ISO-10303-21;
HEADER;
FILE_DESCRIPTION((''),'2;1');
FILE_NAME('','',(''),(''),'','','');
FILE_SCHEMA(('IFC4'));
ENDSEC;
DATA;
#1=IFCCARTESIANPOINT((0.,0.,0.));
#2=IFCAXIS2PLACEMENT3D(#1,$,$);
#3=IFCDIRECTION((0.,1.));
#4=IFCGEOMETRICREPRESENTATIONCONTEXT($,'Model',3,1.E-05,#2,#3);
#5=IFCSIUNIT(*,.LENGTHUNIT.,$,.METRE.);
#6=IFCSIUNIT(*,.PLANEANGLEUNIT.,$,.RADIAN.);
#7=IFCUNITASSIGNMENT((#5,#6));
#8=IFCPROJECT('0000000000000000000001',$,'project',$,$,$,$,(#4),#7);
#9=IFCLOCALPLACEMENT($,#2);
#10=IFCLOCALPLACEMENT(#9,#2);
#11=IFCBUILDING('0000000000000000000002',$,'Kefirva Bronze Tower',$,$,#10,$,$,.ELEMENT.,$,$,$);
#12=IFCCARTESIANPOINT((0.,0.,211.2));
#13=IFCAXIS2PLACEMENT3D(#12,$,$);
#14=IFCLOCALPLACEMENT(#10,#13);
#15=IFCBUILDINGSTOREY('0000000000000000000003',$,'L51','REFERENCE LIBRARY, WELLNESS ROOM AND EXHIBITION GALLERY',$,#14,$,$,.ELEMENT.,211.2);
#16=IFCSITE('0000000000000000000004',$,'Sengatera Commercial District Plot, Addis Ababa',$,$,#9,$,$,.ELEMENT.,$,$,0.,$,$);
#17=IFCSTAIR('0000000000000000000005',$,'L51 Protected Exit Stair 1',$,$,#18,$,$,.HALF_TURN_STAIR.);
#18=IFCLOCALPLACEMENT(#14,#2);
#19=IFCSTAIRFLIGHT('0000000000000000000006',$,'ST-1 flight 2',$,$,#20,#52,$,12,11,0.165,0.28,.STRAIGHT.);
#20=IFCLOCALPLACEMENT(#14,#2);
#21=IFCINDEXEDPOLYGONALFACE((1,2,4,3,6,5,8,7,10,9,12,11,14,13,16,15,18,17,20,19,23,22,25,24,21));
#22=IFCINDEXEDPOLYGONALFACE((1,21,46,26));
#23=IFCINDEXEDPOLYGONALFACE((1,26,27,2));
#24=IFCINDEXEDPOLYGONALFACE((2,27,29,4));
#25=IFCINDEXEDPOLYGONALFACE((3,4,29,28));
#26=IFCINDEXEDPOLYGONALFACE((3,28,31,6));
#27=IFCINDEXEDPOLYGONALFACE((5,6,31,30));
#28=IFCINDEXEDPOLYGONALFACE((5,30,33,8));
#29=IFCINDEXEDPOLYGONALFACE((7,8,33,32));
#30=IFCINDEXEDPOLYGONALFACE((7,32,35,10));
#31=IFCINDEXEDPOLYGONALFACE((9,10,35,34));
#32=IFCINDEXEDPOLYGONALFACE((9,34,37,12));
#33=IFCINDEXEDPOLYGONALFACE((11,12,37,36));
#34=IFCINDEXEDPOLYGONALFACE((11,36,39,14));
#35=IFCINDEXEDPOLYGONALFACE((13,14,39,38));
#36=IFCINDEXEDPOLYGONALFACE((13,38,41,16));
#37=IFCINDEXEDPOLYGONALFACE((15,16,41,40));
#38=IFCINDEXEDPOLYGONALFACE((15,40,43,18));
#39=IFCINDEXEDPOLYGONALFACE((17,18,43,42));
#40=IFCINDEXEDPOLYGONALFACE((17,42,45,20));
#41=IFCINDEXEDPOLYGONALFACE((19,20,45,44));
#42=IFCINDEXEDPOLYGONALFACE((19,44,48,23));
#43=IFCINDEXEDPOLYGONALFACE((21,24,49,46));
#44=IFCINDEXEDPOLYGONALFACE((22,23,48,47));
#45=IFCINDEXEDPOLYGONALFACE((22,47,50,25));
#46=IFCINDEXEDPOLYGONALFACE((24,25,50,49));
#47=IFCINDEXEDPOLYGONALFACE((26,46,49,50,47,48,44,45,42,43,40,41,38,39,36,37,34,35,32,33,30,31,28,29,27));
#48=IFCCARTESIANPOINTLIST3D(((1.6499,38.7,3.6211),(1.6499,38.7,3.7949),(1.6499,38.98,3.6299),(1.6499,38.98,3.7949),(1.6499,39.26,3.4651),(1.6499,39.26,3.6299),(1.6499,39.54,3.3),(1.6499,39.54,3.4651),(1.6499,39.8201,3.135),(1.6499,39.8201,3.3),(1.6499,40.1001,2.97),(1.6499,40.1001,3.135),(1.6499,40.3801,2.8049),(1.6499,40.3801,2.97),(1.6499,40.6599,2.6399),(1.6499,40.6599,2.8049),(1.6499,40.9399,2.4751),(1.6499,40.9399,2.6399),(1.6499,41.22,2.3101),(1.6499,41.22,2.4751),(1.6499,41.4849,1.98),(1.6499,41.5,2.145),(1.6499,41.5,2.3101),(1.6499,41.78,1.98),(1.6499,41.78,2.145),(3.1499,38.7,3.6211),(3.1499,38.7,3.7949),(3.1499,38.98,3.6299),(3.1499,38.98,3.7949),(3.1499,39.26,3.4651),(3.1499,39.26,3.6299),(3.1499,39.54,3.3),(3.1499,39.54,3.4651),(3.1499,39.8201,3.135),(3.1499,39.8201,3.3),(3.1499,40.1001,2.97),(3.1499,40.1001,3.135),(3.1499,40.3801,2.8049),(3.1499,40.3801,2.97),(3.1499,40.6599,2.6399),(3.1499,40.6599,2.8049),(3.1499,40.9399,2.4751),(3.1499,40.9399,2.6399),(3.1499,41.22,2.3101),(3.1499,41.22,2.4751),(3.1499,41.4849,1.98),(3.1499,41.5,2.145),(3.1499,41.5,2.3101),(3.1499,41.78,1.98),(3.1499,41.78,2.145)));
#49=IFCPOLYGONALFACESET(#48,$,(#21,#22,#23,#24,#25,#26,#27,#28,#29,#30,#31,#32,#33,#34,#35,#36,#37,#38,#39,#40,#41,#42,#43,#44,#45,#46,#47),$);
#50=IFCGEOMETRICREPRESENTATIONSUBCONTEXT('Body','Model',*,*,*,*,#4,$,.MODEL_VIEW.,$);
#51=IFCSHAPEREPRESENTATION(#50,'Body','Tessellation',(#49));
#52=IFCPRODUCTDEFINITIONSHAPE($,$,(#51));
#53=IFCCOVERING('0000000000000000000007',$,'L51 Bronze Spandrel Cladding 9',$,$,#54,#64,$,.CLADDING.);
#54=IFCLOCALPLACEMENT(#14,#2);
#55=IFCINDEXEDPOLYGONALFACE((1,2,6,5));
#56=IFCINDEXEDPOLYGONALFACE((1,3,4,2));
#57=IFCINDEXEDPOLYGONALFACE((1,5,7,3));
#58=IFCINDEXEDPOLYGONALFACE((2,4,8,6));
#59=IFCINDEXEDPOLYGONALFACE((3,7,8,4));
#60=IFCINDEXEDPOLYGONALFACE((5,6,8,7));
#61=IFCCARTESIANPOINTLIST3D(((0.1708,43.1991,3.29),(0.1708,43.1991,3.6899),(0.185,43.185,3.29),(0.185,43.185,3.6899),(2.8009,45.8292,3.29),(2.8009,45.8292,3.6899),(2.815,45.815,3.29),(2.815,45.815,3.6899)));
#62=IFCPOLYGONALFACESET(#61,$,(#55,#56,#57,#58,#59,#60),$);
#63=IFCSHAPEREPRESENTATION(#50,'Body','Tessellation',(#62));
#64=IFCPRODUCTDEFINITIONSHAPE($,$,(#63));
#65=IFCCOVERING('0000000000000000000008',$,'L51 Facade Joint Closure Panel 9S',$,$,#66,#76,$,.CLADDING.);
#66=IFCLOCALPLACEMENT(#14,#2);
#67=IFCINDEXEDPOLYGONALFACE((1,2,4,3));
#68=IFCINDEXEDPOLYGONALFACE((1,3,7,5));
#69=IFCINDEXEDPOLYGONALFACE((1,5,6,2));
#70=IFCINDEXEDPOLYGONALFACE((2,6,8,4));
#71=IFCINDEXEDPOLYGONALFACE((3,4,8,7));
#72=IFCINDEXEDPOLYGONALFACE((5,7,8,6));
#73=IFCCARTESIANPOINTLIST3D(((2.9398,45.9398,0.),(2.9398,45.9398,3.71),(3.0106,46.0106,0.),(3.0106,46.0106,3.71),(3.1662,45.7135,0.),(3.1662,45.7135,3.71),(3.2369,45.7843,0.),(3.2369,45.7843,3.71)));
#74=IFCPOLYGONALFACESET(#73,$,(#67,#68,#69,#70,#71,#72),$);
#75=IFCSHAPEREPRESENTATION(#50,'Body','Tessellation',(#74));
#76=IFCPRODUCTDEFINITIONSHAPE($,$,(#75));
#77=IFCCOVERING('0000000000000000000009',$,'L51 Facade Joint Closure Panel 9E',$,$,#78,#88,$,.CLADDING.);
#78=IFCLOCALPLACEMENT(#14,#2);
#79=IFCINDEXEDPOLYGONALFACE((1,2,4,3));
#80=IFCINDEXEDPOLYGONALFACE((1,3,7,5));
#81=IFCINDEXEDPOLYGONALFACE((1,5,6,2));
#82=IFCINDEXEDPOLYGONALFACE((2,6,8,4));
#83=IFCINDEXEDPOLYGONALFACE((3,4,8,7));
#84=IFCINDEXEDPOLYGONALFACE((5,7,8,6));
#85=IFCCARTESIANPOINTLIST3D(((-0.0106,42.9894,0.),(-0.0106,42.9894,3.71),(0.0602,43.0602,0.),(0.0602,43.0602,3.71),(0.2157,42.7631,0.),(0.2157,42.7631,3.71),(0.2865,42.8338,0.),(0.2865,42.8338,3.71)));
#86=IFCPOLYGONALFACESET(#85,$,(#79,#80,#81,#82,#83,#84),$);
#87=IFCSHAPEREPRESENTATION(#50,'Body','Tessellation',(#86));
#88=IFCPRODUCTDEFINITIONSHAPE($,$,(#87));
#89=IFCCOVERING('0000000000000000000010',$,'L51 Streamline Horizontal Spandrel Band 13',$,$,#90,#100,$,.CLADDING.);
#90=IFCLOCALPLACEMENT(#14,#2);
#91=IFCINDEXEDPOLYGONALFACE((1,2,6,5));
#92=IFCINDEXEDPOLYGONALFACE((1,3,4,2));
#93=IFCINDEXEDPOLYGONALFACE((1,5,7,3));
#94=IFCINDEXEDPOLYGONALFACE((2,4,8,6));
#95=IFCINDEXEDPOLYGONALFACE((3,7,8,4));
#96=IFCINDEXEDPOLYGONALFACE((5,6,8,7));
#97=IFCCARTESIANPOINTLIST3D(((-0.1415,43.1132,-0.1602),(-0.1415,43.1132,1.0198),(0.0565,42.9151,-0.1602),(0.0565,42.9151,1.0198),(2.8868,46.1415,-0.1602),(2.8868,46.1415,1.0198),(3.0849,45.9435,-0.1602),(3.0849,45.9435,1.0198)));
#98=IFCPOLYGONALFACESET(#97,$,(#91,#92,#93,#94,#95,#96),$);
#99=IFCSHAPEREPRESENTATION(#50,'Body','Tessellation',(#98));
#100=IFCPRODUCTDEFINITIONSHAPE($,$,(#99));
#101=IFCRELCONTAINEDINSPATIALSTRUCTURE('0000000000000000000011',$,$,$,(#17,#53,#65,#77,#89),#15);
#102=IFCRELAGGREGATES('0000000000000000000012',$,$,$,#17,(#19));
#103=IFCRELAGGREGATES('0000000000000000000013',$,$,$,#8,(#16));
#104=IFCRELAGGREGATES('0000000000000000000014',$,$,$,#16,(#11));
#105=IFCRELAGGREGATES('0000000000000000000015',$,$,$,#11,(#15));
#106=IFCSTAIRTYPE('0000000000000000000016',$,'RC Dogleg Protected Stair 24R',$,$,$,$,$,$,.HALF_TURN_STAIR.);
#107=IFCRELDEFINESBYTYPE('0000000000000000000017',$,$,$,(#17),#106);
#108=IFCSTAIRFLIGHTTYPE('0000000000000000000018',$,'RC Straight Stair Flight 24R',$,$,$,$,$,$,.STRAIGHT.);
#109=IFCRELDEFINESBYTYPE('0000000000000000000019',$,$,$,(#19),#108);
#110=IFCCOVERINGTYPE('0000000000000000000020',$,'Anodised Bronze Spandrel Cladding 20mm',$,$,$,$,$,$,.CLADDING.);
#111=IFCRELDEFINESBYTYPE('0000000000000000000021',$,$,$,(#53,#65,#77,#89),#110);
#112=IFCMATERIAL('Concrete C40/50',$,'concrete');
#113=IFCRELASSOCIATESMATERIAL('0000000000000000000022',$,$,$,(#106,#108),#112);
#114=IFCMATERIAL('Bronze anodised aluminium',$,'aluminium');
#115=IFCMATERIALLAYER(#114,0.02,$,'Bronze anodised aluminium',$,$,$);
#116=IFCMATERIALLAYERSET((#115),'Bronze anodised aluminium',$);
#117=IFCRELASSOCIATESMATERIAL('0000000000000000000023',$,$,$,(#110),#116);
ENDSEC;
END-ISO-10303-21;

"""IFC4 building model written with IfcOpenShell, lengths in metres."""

from ifc_helpers import new_model, si_unit, direction, frame, origin, origin_2d, place, context, subcontext, project, spatial, polyline, rectangle, outline, extrude, material, layer, layer_set, type_object, element, aggregate, save


model = new_model("IFC4")

# Units and contexts
model_context = context("Model", 3, precision=1e-05, world=origin(), true_north=direction((0.0, 1.0)))
body_context = subcontext(model_context, "Body", "Model", "MODEL_VIEW")
ifc_project = project(units=[si_unit("LENGTHUNIT", "METRE"), si_unit("PLANEANGLEUNIT", "RADIAN")], contexts=[model_context])

# Site, building, storey
site_placement = place(None, origin())
site = spatial("IfcSite", under=ifc_project, at=site_placement, Name="Sengatera Commercial District Plot, Addis Ababa", CompositionType="ELEMENT", RefElevation=0.0)
building_placement = place(site_placement, origin())
building = spatial("IfcBuilding", under=site, at=building_placement, Name="Kefirva Bronze Tower", CompositionType="ELEMENT")
storey_placement = place(building_placement, frame((0.0, 0.0, 211.2)))
storey = spatial("IfcBuildingStorey", under=building, at=storey_placement, Name="L51", Description="REFERENCE LIBRARY, WELLNESS ROOM AND EXHIBITION GALLERY", CompositionType="ELEMENT", Elevation=211.2)

# Shared definitions
ifc_material_1 = material(Name="Bronze anodised aluminium", Category="aluminium")

# Stair, stair flight
ifc_material_2 = material(Name="Concrete C40/50", Category="concrete")
stair_type = type_object("IfcStairType", Name="RC Dogleg Protected Stair 24R", PredefinedType="HALF_TURN_STAIR", material=ifc_material_2)
stair_placement = place(storey_placement, origin())
stair = element("IfcStair", 1, at=stair_placement, inside=storey, type_object=stair_type, Name="L51 Protected Exit Stair 1", PredefinedType="HALF_TURN_STAIR")
stair_flight_type = type_object("IfcStairFlightType", Name="RC Straight Stair Flight 24R", PredefinedType="STRAIGHT", material=ifc_material_2)
stair_flight_1_placement = place(storey_placement, frame((2.3999, 41.78, 1.98), z_axis=(0.0, 0.0, 1.0), x_axis=(0.0, -1.0, 0.0)))
stair_flight_1 = element("IfcStairFlight", 2, at=stair_flight_1_placement, type_object=stair_flight_type, Name="ST-1 flight 2", NumberOfRisers=12, NumberOfTreads=11, PredefinedType="STRAIGHT", RiserHeight=0.165, TreadLength=0.28, context=body_context, shape_type="SweptSolid", body=[
    extrude(outline(polyline([(0.0, 0.0), (0.0, 0.165), (0.28, 0.165), (0.28, 0.3301), (0.5601, 0.3301), (0.5601, 0.4951), (0.8401, 0.4951), (0.8401, 0.6599), (1.1201, 0.6599), (1.1201, 0.825), (1.3999, 0.825), (1.3999, 0.99), (1.6799, 0.99), (1.6799, 1.155), (1.96, 1.155), (1.96, 1.3201), (2.24, 1.3201), (2.24, 1.4851), (2.52, 1.4851), (2.52, 1.6499), (2.8, 1.6499), (2.8, 1.8149), (3.0801, 1.8149), (3.0801, 1.98), (3.0801, 1.6411), (0.2952, 0.0), (0.0, 0.0)])), frame((0.0, 0.75, 0.0), z_axis=(0.0, -1.0, 0.0), x_axis=(1.0, 0.0, 0.0)), (0.0, 0.0, 1.0), 1.5),
])
aggregate(stair, [stair_flight_1])

# Coverings
ifc_layer_1 = layer(ifc_material_1, 0.02, Name="Bronze anodised aluminium")
ifc_layer_set_1 = layer_set([ifc_layer_1], Name="Bronze anodised aluminium")
covering_type_1 = type_object("IfcCoveringType", Name="Anodised Bronze Spandrel Cladding 20mm", PredefinedType="CLADDING", material=ifc_layer_set_1)
covering_1_placement = place(storey_placement, frame((1.4929, 44.5071, 3.29), z_axis=(0.0, 0.0, 1.0), x_axis=(-0.707107, -0.707107, 0.0)))
element("IfcCovering", 3, at=covering_1_placement, inside=storey, type_object=covering_type_1, Name="L51 Bronze Spandrel Cladding 9", PredefinedType="CLADDING", context=body_context, shape_type="SweptSolid", body=[
    extrude(rectangle(XDim=3.7195, YDim=0.02, at=origin_2d()), origin(), (0.0, 0.0, 1.0), 0.3999),
])
for number, where, z_axis, x_axis, name in (
    (4, (3.0884, 45.8621, 0.0), (0.0, 0.0, 1.0), (-0.707107, -0.707107, 0.0), "L51 Facade Joint Closure Panel 9S"),
    (5, (0.1379, 42.9116, 0.0), (0.0, 0.0, 1.0), (-0.707107, -0.707107, 0.0), "L51 Facade Joint Closure Panel 9E"),
):
    element("IfcCovering", number, at=place(storey_placement, frame(where, z_axis=z_axis, x_axis=x_axis)), inside=storey, type_object=covering_type_1, Name=name, PredefinedType="CLADDING", context=body_context, shape_type="SweptSolid", body=[
        extrude(rectangle(XDim=0.1001, YDim=0.3201, at=origin_2d()), origin(), (0.0, 0.0, 1.0), 3.71),
    ])
covering_2_placement = place(storey_placement, frame((1.4717, 44.5283, -0.1602), z_axis=(0.0, 0.0, 1.0), x_axis=(-0.707107, -0.707107, 0.0)))
element("IfcCovering", 6, at=covering_2_placement, inside=storey, type_object=covering_type_1, Name="L51 Streamline Horizontal Spandrel Band 13", PredefinedType="CLADDING", context=body_context, shape_type="SweptSolid", body=[
    extrude(rectangle(XDim=4.2827, YDim=0.28, at=origin_2d()), origin(), (0.0, 0.0, 1.0), 1.1799),
])

save(model, "model.ifc")
